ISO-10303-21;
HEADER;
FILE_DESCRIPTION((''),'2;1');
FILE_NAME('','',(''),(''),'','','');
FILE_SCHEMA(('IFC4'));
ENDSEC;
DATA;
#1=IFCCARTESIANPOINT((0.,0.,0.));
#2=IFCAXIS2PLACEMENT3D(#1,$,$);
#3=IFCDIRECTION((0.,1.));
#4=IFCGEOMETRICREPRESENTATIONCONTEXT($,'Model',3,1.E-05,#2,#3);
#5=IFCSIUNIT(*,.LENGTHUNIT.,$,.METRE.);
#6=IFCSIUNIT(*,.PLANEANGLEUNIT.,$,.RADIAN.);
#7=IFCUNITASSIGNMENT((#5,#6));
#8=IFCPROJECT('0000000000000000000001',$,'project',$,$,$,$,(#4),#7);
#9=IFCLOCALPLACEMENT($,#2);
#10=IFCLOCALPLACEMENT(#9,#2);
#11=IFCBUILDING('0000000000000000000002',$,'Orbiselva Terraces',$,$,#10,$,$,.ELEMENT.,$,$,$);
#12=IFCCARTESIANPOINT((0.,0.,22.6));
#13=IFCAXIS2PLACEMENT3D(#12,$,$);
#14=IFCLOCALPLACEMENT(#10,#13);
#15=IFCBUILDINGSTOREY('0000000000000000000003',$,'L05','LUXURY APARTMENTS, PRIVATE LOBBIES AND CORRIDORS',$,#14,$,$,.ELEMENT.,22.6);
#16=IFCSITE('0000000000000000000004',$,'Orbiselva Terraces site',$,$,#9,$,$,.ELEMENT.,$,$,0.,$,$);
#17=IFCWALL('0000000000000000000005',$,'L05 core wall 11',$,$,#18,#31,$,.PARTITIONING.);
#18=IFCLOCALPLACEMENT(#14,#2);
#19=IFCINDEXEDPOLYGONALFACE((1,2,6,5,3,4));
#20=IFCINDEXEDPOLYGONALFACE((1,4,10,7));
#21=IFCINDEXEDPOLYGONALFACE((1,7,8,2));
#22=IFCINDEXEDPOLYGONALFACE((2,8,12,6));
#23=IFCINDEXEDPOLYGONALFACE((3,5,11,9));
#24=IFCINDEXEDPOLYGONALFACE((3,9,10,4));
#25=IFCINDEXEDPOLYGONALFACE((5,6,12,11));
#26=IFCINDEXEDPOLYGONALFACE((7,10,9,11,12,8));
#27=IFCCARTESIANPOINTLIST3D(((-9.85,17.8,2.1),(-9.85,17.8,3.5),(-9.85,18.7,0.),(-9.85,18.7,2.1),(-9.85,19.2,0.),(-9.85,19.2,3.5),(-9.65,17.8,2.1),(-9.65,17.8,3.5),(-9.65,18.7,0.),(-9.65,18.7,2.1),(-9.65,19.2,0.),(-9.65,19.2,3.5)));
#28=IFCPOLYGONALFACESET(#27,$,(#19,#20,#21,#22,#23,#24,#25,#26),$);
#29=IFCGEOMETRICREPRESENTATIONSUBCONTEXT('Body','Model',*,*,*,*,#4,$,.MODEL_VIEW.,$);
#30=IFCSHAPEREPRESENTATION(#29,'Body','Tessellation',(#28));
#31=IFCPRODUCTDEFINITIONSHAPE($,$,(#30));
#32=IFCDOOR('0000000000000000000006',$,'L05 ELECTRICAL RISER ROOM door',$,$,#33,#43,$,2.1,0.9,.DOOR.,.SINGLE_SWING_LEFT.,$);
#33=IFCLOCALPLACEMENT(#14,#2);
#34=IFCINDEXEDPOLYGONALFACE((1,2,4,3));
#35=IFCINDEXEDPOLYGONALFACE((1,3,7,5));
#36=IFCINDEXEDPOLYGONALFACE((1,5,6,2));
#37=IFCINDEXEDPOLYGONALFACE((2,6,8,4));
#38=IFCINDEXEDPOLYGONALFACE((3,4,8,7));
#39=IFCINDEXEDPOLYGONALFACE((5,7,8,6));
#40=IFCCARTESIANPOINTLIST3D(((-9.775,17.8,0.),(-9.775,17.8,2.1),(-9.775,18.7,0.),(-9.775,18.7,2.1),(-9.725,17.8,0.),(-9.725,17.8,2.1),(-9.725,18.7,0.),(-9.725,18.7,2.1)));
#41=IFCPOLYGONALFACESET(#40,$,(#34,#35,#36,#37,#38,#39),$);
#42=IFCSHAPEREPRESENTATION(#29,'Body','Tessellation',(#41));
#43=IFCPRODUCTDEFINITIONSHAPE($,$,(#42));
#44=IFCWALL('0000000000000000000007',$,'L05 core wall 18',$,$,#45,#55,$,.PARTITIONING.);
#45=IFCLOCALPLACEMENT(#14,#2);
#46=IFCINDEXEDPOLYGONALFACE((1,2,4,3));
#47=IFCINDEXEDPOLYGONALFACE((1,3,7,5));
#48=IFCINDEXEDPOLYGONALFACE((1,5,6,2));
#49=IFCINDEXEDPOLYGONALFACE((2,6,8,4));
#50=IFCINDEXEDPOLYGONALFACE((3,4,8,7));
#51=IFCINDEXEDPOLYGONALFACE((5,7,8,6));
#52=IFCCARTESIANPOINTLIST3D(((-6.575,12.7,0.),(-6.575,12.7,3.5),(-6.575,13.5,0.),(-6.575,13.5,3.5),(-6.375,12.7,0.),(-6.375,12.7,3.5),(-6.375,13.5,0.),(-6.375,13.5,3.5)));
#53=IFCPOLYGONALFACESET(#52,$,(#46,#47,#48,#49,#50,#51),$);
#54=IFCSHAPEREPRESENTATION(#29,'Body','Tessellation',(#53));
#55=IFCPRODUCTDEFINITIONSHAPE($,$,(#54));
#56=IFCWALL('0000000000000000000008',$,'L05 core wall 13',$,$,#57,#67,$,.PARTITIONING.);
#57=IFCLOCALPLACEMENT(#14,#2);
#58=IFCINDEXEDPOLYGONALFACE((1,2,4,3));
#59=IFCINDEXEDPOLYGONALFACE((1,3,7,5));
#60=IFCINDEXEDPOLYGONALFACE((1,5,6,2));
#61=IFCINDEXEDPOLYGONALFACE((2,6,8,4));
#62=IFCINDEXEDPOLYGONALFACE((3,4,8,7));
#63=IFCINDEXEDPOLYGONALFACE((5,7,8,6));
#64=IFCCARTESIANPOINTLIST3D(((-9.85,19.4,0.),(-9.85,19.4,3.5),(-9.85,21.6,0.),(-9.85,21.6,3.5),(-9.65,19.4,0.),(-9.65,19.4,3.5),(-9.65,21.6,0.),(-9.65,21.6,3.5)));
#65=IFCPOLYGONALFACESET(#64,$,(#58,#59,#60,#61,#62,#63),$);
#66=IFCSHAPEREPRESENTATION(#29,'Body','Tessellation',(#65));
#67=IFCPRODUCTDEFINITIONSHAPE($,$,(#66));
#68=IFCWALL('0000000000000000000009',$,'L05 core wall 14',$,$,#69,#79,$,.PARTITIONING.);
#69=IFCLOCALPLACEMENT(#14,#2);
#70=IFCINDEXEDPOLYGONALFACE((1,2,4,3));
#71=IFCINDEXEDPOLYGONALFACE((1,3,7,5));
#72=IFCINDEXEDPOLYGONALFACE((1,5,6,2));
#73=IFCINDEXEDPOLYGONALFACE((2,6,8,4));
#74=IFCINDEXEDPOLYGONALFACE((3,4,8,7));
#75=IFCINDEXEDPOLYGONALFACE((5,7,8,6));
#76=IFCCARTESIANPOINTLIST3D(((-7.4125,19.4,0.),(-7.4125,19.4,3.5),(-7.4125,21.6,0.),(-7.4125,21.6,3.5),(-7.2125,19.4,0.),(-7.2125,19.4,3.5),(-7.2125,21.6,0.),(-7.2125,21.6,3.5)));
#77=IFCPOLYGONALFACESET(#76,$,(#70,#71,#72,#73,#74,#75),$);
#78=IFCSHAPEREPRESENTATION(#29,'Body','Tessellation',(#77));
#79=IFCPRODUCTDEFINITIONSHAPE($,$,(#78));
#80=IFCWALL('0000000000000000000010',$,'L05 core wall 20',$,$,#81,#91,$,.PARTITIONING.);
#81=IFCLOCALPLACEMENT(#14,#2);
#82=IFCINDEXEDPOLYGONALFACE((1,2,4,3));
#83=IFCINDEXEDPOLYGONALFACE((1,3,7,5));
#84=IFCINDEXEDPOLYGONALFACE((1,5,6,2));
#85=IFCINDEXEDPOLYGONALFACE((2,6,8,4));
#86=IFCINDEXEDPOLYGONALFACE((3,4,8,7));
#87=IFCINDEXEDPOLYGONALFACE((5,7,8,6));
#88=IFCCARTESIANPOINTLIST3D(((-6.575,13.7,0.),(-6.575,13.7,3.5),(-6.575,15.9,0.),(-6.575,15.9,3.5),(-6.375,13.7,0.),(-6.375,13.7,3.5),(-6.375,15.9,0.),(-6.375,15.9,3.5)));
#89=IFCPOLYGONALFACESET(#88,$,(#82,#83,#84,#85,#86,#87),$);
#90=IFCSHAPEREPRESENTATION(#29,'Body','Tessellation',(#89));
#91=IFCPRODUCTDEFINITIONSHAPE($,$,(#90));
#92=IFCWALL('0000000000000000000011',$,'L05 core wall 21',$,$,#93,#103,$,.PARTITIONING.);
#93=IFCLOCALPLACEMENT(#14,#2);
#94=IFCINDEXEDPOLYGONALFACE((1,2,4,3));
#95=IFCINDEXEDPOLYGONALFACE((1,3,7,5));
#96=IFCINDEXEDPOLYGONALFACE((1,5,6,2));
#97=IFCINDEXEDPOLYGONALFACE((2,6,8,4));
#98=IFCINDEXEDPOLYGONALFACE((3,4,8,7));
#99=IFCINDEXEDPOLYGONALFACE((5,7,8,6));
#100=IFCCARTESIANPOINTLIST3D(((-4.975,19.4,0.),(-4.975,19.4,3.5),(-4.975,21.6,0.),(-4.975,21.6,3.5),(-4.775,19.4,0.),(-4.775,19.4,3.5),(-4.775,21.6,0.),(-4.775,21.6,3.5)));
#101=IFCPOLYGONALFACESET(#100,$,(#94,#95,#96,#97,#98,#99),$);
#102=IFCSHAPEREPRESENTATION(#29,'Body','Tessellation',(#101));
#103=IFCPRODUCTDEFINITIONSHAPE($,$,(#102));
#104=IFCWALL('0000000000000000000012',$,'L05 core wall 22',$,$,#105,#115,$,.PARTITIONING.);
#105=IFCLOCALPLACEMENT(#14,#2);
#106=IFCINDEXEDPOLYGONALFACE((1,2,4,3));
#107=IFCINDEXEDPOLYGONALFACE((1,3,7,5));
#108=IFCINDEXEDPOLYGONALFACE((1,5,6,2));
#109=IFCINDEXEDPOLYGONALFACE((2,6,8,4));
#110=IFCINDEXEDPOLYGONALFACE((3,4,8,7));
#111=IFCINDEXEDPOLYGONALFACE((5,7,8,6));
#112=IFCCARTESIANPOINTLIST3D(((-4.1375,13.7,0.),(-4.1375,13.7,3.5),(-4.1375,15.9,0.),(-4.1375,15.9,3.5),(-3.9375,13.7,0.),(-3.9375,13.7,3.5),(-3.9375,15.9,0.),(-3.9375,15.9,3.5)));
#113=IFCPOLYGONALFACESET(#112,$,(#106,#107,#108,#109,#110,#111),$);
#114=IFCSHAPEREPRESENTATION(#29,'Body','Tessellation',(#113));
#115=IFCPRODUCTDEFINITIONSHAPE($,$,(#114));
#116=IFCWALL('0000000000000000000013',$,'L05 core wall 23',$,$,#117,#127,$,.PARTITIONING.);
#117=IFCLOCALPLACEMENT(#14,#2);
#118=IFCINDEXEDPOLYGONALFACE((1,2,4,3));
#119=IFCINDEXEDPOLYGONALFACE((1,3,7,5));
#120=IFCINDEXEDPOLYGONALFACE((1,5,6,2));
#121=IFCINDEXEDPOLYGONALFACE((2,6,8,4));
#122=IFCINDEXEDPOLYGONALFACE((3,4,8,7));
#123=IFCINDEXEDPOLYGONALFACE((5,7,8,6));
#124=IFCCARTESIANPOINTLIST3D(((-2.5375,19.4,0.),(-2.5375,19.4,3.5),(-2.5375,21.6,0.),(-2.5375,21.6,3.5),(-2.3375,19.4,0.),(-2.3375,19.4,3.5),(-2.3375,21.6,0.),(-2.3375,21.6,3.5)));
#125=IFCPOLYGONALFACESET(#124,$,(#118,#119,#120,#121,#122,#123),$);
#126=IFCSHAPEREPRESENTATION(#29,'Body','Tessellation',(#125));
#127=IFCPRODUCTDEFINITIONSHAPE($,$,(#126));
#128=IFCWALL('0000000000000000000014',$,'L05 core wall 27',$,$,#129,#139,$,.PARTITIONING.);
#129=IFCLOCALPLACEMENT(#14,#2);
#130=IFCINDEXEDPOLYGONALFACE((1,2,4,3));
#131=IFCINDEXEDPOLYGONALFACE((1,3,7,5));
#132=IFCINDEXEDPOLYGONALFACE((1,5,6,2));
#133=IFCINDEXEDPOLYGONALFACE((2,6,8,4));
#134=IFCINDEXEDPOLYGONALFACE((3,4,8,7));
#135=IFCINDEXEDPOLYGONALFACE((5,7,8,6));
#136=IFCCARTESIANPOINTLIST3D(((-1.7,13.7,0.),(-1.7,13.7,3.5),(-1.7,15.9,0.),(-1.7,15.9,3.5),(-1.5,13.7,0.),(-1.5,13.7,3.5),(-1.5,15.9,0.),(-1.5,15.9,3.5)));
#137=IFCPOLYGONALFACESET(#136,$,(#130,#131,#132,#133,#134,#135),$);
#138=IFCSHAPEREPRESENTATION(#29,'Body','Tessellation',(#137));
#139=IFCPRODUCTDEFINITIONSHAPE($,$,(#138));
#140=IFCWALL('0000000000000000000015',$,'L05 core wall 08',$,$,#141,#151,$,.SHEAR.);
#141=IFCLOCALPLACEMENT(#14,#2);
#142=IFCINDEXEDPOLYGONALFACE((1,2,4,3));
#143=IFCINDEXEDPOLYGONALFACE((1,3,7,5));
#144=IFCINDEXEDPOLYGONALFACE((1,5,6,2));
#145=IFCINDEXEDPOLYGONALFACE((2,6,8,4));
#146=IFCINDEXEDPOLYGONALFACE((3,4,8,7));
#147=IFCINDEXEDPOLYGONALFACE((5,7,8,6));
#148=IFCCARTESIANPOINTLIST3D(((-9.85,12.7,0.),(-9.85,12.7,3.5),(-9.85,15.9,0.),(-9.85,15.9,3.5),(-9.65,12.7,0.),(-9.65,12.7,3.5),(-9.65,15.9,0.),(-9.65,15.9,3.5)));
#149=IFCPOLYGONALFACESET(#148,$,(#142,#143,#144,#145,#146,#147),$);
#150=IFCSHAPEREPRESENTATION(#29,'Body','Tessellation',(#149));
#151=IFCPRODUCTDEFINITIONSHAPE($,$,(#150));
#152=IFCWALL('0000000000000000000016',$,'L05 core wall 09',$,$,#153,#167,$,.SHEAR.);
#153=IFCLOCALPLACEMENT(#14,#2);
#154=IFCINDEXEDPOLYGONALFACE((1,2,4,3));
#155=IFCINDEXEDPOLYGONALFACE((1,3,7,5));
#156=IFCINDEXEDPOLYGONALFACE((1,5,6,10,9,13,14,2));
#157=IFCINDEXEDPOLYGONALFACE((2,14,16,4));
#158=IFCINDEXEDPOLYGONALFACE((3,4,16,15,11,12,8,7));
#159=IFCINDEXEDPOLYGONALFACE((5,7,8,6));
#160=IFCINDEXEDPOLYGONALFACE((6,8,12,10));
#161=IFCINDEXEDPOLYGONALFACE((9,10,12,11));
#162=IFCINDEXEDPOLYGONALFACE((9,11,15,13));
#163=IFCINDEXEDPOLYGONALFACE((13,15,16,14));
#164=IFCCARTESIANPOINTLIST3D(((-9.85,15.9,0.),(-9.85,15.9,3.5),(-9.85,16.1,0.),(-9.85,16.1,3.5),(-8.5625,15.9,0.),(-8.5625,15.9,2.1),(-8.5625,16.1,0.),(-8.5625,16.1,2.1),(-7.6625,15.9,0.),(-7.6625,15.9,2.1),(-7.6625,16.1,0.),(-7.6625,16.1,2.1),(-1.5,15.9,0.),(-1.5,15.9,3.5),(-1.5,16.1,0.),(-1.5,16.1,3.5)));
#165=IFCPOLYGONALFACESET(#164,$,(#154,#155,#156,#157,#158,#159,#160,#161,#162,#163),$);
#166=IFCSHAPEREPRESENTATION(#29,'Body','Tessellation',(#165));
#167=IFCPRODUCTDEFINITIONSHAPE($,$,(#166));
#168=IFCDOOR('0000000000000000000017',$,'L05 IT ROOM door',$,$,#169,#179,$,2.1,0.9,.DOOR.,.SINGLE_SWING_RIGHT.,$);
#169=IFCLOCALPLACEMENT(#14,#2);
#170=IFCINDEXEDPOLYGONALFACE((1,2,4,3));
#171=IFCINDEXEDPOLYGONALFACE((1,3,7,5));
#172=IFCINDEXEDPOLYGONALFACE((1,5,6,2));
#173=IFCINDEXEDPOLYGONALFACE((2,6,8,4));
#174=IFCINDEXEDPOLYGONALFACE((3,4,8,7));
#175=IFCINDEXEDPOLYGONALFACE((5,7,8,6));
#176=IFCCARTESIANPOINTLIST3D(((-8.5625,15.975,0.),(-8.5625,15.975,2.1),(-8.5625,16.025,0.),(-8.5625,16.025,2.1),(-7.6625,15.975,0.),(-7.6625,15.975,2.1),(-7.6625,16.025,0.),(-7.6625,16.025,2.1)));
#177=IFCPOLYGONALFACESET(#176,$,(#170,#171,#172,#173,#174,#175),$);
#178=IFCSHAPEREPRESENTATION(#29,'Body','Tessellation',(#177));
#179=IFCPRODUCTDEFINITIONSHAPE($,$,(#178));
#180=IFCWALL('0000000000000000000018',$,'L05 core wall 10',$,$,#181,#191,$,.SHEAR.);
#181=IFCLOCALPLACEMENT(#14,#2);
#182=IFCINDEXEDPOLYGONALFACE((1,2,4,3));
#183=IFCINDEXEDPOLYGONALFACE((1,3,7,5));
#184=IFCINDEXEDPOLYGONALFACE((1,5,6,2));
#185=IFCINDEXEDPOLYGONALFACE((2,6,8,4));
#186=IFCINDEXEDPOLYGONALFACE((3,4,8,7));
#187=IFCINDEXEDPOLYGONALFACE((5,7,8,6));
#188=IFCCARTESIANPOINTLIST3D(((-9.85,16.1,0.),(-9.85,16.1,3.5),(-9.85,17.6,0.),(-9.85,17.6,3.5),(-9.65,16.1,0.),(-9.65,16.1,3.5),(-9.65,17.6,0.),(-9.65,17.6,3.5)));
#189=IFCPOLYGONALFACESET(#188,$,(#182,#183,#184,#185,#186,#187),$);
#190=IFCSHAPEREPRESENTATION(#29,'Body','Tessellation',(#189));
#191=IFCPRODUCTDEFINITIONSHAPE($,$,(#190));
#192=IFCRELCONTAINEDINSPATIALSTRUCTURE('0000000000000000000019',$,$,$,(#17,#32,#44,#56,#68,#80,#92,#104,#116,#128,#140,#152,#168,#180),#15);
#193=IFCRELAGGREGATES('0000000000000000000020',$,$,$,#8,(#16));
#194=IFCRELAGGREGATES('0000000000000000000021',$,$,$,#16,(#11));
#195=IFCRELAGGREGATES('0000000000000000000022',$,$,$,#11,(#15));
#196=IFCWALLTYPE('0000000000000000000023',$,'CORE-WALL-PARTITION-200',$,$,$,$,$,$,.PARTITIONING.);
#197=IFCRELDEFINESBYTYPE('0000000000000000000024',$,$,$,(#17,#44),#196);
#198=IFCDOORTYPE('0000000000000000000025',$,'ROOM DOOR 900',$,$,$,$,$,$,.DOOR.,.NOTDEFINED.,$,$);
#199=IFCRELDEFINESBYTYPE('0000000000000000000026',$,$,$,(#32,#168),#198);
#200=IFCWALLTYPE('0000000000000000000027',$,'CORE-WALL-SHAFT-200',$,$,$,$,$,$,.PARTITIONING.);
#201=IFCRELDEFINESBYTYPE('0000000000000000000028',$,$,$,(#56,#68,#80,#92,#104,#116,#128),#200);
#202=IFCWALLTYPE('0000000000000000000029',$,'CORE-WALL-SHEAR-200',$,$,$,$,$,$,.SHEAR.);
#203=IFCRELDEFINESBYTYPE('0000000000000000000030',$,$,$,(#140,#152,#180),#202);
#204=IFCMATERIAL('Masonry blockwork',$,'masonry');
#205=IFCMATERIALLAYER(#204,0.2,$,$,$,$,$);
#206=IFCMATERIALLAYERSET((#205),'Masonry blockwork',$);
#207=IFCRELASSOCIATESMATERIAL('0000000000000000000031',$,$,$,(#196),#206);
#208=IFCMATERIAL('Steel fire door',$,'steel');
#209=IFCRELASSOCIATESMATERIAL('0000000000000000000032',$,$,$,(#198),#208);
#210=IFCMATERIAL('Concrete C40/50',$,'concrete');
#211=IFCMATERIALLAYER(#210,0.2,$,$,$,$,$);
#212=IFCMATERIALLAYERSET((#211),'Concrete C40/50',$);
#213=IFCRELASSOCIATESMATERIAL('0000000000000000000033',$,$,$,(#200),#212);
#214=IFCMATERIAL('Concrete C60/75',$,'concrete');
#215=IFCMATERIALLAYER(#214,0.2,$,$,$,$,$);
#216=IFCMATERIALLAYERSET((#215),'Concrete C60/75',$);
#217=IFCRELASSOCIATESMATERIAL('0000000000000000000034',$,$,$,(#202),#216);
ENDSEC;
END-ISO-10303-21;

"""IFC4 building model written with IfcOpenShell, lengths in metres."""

from ifc_helpers import new_model, si_unit, direction, frame, frame_2d, origin, place, context, subcontext, project, spatial, rectangle, extrude, material, layer, layer_set, type_object, element, fill, save


model = new_model("IFC4")

# Units and contexts
model_context = context("Model", 3, precision=1e-05, world=origin(), true_north=direction((0.0, 1.0)))
body_context = subcontext(model_context, "Body", "Model", "MODEL_VIEW")
ifc_project = project(units=[si_unit("LENGTHUNIT", "METRE"), si_unit("PLANEANGLEUNIT", "RADIAN")], contexts=[model_context])

# Site, building, storey
site_placement = place(None, origin())
site = spatial("IfcSite", under=ifc_project, at=site_placement, Name="Orbiselva Terraces site", CompositionType="ELEMENT", RefElevation=0.0)
building_placement = place(site_placement, origin())
building = spatial("IfcBuilding", under=site, at=building_placement, Name="Orbiselva Terraces", CompositionType="ELEMENT")
storey_placement = place(building_placement, frame((0.0, 0.0, 22.6)))
storey = spatial("IfcBuildingStorey", under=building, at=storey_placement, Name="L05", Description="LUXURY APARTMENTS, PRIVATE LOBBIES AND CORRIDORS", CompositionType="ELEMENT", Elevation=22.6)

# Wall, opening, door
ifc_material_1 = material(Name="Masonry blockwork", Category="masonry")
ifc_layer_1 = layer(ifc_material_1, 0.2)
ifc_layer_set_1 = layer_set([ifc_layer_1], Name="Masonry blockwork")
wall_type_1 = type_object("IfcWallType", Name="CORE-WALL-PARTITION-200", PredefinedType="PARTITIONING", material=ifc_layer_set_1)
wall_1_placement = place(storey_placement, frame((-9.75, 17.8, 0.0), z_axis=(0.0, 0.0, 1.0), x_axis=(0.0, 1.0, 0.0)))
wall_1 = element("IfcWall", 1, at=wall_1_placement, inside=storey, type_object=wall_type_1, Name="L05 core wall 11", PredefinedType="PARTITIONING", context=body_context, shape_type="SweptSolid", body=[
    extrude(rectangle(XDim=1.4, YDim=0.2, at=frame_2d((0.7, 0.0))), origin(), (0.0, 0.0, 1.0), 3.5),
])
opening_1_placement = place(wall_1_placement, origin())
opening_1 = element("IfcOpeningElement", 2, at=opening_1_placement, cuts=wall_1, PredefinedType="OPENING", context=body_context, shape_type="SweptSolid", body=[
    extrude(rectangle(XDim=0.9, YDim=2.1, at=frame_2d((0.45, 1.05))), frame((0.0, 0.11, 0.0), z_axis=(0.0, -1.0, 0.0), x_axis=(1.0, 0.0, 0.0)), (0.0, 0.0, 1.0), 0.22),
])
ifc_material_2 = material(Name="Steel fire door", Category="steel")
door_type_1 = type_object("IfcDoorType", Name="ROOM DOOR 900", OperationType="NOTDEFINED", PredefinedType="DOOR", material=ifc_material_2)
door_1_placement = place(opening_1_placement, origin())
door_1 = element("IfcDoor", 3, at=door_1_placement, inside=storey, type_object=door_type_1, Name="L05 ELECTRICAL RISER ROOM door", OperationType="SINGLE_SWING_LEFT", OverallHeight=2.1, OverallWidth=0.9, PredefinedType="DOOR", context=body_context, shape_type="SweptSolid", body=[
    extrude(rectangle(XDim=0.9, YDim=2.1, at=frame_2d((0.45, 1.05))), frame((0.0, 0.025, 0.0), z_axis=(0.0, -1.0, 0.0), x_axis=(1.0, 0.0, 0.0)), (0.0, 0.0, 1.0), 0.05),
])
fill(opening_1, door_1)

# Walls
wall_2_placement = place(storey_placement, frame((-6.475, 12.7, 0.0), z_axis=(0.0, 0.0, 1.0), x_axis=(0.0, 1.0, 0.0)))
element("IfcWall", 4, at=wall_2_placement, inside=storey, type_object=wall_type_1, Name="L05 core wall 18", PredefinedType="PARTITIONING", context=body_context, shape_type="SweptSolid", body=[
    extrude(rectangle(XDim=0.8, YDim=0.2, at=frame_2d((0.4, 0.0))), origin(), (0.0, 0.0, 1.0), 3.5),
])
ifc_material_3 = material(Name="Concrete C40/50", Category="concrete")
ifc_layer_2 = layer(ifc_material_3, 0.2)
ifc_layer_set_2 = layer_set([ifc_layer_2], Name="Concrete C40/50")
wall_type_2 = type_object("IfcWallType", Name="CORE-WALL-SHAFT-200", PredefinedType="PARTITIONING", material=ifc_layer_set_2)
for number, where, z_axis, x_axis, name in (
    (5, (-9.75, 19.4, 0.0), (0.0, 0.0, 1.0), (0.0, 1.0, 0.0), "L05 core wall 13"),
    (6, (-7.3125, 19.4, 0.0), (0.0, 0.0, 1.0), (0.0, 1.0, 0.0), "L05 core wall 14"),
    (7, (-6.475, 13.7, 0.0), (0.0, 0.0, 1.0), (0.0, 1.0, 0.0), "L05 core wall 20"),
    (8, (-4.875, 19.4, 0.0), (0.0, 0.0, 1.0), (0.0, 1.0, 0.0), "L05 core wall 21"),
    (9, (-4.0375, 13.7, 0.0), (0.0, 0.0, 1.0), (0.0, 1.0, 0.0), "L05 core wall 22"),
    (10, (-2.4375, 19.4, 0.0), (0.0, 0.0, 1.0), (0.0, 1.0, 0.0), "L05 core wall 23"),
    (11, (-1.6, 13.7, 0.0), (0.0, 0.0, 1.0), (0.0, 1.0, 0.0), "L05 core wall 27"),
):
    element("IfcWall", number, at=place(storey_placement, frame(where, z_axis=z_axis, x_axis=x_axis)), inside=storey, type_object=wall_type_2, Name=name, PredefinedType="PARTITIONING", context=body_context, shape_type="SweptSolid", body=[
        extrude(rectangle(XDim=2.2, YDim=0.2, at=frame_2d((1.1, 0.0))), origin(), (0.0, 0.0, 1.0), 3.5),
    ])
ifc_material_4 = material(Name="Concrete C60/75", Category="concrete")
ifc_layer_3 = layer(ifc_material_4, 0.2)
ifc_layer_set_3 = layer_set([ifc_layer_3], Name="Concrete C60/75")
wall_type_3 = type_object("IfcWallType", Name="CORE-WALL-SHEAR-200", PredefinedType="SHEAR", material=ifc_layer_set_3)
wall_3_placement = place(storey_placement, frame((-9.75, 12.7, 0.0), z_axis=(0.0, 0.0, 1.0), x_axis=(0.0, 1.0, 0.0)))
element("IfcWall", 12, at=wall_3_placement, inside=storey, type_object=wall_type_3, Name="L05 core wall 08", PredefinedType="SHEAR", context=body_context, shape_type="SweptSolid", body=[
    extrude(rectangle(XDim=3.2, YDim=0.2, at=frame_2d((1.6, 0.0))), origin(), (0.0, 0.0, 1.0), 3.5),
])

# Wall, opening, door
wall_4_placement = place(storey_placement, frame((-1.5, 16.0, 0.0), z_axis=(0.0, 0.0, 1.0), x_axis=(-1.0, 0.0, 0.0)))
wall_4 = element("IfcWall", 13, at=wall_4_placement, inside=storey, type_object=wall_type_3, Name="L05 core wall 09", PredefinedType="SHEAR", context=body_context, shape_type="SweptSolid", body=[
    extrude(rectangle(XDim=8.35, YDim=0.2, at=frame_2d((4.175, 0.0))), origin(), (0.0, 0.0, 1.0), 3.5),
])
opening_2_placement = place(wall_4_placement, frame((6.1625, 0.0, 0.0)))
opening_2 = element("IfcOpeningElement", 14, at=opening_2_placement, cuts=wall_4, PredefinedType="OPENING", context=body_context, shape_type="SweptSolid", body=[
    extrude(rectangle(XDim=0.9, YDim=2.1, at=frame_2d((0.45, 1.05))), frame((0.0, 0.11, 0.0), z_axis=(0.0, -1.0, 0.0), x_axis=(1.0, 0.0, 0.0)), (0.0, 0.0, 1.0), 0.22),
])
door_2_placement = place(opening_2_placement, origin())
door_2 = element("IfcDoor", 15, at=door_2_placement, inside=storey, type_object=door_type_1, Name="L05 IT ROOM door", OperationType="SINGLE_SWING_RIGHT", OverallHeight=2.1, OverallWidth=0.9, PredefinedType="DOOR", context=body_context, shape_type="SweptSolid", body=[
    extrude(rectangle(XDim=0.9, YDim=2.1, at=frame_2d((0.45, 1.05))), frame((0.0, 0.025, 0.0), z_axis=(0.0, -1.0, 0.0), x_axis=(1.0, 0.0, 0.0)), (0.0, 0.0, 1.0), 0.05),
])
fill(opening_2, door_2)

# Wall
wall_5_placement = place(storey_placement, frame((-9.75, 16.1, 0.0), z_axis=(0.0, 0.0, 1.0), x_axis=(0.0, 1.0, 0.0)))
element("IfcWall", 16, at=wall_5_placement, inside=storey, type_object=wall_type_3, Name="L05 core wall 10", PredefinedType="SHEAR", context=body_context, shape_type="SweptSolid", body=[
    extrude(rectangle(XDim=1.5, YDim=0.2, at=frame_2d((0.75, 0.0))), origin(), (0.0, 0.0, 1.0), 3.5),
])

save(model, "model.ifc")
